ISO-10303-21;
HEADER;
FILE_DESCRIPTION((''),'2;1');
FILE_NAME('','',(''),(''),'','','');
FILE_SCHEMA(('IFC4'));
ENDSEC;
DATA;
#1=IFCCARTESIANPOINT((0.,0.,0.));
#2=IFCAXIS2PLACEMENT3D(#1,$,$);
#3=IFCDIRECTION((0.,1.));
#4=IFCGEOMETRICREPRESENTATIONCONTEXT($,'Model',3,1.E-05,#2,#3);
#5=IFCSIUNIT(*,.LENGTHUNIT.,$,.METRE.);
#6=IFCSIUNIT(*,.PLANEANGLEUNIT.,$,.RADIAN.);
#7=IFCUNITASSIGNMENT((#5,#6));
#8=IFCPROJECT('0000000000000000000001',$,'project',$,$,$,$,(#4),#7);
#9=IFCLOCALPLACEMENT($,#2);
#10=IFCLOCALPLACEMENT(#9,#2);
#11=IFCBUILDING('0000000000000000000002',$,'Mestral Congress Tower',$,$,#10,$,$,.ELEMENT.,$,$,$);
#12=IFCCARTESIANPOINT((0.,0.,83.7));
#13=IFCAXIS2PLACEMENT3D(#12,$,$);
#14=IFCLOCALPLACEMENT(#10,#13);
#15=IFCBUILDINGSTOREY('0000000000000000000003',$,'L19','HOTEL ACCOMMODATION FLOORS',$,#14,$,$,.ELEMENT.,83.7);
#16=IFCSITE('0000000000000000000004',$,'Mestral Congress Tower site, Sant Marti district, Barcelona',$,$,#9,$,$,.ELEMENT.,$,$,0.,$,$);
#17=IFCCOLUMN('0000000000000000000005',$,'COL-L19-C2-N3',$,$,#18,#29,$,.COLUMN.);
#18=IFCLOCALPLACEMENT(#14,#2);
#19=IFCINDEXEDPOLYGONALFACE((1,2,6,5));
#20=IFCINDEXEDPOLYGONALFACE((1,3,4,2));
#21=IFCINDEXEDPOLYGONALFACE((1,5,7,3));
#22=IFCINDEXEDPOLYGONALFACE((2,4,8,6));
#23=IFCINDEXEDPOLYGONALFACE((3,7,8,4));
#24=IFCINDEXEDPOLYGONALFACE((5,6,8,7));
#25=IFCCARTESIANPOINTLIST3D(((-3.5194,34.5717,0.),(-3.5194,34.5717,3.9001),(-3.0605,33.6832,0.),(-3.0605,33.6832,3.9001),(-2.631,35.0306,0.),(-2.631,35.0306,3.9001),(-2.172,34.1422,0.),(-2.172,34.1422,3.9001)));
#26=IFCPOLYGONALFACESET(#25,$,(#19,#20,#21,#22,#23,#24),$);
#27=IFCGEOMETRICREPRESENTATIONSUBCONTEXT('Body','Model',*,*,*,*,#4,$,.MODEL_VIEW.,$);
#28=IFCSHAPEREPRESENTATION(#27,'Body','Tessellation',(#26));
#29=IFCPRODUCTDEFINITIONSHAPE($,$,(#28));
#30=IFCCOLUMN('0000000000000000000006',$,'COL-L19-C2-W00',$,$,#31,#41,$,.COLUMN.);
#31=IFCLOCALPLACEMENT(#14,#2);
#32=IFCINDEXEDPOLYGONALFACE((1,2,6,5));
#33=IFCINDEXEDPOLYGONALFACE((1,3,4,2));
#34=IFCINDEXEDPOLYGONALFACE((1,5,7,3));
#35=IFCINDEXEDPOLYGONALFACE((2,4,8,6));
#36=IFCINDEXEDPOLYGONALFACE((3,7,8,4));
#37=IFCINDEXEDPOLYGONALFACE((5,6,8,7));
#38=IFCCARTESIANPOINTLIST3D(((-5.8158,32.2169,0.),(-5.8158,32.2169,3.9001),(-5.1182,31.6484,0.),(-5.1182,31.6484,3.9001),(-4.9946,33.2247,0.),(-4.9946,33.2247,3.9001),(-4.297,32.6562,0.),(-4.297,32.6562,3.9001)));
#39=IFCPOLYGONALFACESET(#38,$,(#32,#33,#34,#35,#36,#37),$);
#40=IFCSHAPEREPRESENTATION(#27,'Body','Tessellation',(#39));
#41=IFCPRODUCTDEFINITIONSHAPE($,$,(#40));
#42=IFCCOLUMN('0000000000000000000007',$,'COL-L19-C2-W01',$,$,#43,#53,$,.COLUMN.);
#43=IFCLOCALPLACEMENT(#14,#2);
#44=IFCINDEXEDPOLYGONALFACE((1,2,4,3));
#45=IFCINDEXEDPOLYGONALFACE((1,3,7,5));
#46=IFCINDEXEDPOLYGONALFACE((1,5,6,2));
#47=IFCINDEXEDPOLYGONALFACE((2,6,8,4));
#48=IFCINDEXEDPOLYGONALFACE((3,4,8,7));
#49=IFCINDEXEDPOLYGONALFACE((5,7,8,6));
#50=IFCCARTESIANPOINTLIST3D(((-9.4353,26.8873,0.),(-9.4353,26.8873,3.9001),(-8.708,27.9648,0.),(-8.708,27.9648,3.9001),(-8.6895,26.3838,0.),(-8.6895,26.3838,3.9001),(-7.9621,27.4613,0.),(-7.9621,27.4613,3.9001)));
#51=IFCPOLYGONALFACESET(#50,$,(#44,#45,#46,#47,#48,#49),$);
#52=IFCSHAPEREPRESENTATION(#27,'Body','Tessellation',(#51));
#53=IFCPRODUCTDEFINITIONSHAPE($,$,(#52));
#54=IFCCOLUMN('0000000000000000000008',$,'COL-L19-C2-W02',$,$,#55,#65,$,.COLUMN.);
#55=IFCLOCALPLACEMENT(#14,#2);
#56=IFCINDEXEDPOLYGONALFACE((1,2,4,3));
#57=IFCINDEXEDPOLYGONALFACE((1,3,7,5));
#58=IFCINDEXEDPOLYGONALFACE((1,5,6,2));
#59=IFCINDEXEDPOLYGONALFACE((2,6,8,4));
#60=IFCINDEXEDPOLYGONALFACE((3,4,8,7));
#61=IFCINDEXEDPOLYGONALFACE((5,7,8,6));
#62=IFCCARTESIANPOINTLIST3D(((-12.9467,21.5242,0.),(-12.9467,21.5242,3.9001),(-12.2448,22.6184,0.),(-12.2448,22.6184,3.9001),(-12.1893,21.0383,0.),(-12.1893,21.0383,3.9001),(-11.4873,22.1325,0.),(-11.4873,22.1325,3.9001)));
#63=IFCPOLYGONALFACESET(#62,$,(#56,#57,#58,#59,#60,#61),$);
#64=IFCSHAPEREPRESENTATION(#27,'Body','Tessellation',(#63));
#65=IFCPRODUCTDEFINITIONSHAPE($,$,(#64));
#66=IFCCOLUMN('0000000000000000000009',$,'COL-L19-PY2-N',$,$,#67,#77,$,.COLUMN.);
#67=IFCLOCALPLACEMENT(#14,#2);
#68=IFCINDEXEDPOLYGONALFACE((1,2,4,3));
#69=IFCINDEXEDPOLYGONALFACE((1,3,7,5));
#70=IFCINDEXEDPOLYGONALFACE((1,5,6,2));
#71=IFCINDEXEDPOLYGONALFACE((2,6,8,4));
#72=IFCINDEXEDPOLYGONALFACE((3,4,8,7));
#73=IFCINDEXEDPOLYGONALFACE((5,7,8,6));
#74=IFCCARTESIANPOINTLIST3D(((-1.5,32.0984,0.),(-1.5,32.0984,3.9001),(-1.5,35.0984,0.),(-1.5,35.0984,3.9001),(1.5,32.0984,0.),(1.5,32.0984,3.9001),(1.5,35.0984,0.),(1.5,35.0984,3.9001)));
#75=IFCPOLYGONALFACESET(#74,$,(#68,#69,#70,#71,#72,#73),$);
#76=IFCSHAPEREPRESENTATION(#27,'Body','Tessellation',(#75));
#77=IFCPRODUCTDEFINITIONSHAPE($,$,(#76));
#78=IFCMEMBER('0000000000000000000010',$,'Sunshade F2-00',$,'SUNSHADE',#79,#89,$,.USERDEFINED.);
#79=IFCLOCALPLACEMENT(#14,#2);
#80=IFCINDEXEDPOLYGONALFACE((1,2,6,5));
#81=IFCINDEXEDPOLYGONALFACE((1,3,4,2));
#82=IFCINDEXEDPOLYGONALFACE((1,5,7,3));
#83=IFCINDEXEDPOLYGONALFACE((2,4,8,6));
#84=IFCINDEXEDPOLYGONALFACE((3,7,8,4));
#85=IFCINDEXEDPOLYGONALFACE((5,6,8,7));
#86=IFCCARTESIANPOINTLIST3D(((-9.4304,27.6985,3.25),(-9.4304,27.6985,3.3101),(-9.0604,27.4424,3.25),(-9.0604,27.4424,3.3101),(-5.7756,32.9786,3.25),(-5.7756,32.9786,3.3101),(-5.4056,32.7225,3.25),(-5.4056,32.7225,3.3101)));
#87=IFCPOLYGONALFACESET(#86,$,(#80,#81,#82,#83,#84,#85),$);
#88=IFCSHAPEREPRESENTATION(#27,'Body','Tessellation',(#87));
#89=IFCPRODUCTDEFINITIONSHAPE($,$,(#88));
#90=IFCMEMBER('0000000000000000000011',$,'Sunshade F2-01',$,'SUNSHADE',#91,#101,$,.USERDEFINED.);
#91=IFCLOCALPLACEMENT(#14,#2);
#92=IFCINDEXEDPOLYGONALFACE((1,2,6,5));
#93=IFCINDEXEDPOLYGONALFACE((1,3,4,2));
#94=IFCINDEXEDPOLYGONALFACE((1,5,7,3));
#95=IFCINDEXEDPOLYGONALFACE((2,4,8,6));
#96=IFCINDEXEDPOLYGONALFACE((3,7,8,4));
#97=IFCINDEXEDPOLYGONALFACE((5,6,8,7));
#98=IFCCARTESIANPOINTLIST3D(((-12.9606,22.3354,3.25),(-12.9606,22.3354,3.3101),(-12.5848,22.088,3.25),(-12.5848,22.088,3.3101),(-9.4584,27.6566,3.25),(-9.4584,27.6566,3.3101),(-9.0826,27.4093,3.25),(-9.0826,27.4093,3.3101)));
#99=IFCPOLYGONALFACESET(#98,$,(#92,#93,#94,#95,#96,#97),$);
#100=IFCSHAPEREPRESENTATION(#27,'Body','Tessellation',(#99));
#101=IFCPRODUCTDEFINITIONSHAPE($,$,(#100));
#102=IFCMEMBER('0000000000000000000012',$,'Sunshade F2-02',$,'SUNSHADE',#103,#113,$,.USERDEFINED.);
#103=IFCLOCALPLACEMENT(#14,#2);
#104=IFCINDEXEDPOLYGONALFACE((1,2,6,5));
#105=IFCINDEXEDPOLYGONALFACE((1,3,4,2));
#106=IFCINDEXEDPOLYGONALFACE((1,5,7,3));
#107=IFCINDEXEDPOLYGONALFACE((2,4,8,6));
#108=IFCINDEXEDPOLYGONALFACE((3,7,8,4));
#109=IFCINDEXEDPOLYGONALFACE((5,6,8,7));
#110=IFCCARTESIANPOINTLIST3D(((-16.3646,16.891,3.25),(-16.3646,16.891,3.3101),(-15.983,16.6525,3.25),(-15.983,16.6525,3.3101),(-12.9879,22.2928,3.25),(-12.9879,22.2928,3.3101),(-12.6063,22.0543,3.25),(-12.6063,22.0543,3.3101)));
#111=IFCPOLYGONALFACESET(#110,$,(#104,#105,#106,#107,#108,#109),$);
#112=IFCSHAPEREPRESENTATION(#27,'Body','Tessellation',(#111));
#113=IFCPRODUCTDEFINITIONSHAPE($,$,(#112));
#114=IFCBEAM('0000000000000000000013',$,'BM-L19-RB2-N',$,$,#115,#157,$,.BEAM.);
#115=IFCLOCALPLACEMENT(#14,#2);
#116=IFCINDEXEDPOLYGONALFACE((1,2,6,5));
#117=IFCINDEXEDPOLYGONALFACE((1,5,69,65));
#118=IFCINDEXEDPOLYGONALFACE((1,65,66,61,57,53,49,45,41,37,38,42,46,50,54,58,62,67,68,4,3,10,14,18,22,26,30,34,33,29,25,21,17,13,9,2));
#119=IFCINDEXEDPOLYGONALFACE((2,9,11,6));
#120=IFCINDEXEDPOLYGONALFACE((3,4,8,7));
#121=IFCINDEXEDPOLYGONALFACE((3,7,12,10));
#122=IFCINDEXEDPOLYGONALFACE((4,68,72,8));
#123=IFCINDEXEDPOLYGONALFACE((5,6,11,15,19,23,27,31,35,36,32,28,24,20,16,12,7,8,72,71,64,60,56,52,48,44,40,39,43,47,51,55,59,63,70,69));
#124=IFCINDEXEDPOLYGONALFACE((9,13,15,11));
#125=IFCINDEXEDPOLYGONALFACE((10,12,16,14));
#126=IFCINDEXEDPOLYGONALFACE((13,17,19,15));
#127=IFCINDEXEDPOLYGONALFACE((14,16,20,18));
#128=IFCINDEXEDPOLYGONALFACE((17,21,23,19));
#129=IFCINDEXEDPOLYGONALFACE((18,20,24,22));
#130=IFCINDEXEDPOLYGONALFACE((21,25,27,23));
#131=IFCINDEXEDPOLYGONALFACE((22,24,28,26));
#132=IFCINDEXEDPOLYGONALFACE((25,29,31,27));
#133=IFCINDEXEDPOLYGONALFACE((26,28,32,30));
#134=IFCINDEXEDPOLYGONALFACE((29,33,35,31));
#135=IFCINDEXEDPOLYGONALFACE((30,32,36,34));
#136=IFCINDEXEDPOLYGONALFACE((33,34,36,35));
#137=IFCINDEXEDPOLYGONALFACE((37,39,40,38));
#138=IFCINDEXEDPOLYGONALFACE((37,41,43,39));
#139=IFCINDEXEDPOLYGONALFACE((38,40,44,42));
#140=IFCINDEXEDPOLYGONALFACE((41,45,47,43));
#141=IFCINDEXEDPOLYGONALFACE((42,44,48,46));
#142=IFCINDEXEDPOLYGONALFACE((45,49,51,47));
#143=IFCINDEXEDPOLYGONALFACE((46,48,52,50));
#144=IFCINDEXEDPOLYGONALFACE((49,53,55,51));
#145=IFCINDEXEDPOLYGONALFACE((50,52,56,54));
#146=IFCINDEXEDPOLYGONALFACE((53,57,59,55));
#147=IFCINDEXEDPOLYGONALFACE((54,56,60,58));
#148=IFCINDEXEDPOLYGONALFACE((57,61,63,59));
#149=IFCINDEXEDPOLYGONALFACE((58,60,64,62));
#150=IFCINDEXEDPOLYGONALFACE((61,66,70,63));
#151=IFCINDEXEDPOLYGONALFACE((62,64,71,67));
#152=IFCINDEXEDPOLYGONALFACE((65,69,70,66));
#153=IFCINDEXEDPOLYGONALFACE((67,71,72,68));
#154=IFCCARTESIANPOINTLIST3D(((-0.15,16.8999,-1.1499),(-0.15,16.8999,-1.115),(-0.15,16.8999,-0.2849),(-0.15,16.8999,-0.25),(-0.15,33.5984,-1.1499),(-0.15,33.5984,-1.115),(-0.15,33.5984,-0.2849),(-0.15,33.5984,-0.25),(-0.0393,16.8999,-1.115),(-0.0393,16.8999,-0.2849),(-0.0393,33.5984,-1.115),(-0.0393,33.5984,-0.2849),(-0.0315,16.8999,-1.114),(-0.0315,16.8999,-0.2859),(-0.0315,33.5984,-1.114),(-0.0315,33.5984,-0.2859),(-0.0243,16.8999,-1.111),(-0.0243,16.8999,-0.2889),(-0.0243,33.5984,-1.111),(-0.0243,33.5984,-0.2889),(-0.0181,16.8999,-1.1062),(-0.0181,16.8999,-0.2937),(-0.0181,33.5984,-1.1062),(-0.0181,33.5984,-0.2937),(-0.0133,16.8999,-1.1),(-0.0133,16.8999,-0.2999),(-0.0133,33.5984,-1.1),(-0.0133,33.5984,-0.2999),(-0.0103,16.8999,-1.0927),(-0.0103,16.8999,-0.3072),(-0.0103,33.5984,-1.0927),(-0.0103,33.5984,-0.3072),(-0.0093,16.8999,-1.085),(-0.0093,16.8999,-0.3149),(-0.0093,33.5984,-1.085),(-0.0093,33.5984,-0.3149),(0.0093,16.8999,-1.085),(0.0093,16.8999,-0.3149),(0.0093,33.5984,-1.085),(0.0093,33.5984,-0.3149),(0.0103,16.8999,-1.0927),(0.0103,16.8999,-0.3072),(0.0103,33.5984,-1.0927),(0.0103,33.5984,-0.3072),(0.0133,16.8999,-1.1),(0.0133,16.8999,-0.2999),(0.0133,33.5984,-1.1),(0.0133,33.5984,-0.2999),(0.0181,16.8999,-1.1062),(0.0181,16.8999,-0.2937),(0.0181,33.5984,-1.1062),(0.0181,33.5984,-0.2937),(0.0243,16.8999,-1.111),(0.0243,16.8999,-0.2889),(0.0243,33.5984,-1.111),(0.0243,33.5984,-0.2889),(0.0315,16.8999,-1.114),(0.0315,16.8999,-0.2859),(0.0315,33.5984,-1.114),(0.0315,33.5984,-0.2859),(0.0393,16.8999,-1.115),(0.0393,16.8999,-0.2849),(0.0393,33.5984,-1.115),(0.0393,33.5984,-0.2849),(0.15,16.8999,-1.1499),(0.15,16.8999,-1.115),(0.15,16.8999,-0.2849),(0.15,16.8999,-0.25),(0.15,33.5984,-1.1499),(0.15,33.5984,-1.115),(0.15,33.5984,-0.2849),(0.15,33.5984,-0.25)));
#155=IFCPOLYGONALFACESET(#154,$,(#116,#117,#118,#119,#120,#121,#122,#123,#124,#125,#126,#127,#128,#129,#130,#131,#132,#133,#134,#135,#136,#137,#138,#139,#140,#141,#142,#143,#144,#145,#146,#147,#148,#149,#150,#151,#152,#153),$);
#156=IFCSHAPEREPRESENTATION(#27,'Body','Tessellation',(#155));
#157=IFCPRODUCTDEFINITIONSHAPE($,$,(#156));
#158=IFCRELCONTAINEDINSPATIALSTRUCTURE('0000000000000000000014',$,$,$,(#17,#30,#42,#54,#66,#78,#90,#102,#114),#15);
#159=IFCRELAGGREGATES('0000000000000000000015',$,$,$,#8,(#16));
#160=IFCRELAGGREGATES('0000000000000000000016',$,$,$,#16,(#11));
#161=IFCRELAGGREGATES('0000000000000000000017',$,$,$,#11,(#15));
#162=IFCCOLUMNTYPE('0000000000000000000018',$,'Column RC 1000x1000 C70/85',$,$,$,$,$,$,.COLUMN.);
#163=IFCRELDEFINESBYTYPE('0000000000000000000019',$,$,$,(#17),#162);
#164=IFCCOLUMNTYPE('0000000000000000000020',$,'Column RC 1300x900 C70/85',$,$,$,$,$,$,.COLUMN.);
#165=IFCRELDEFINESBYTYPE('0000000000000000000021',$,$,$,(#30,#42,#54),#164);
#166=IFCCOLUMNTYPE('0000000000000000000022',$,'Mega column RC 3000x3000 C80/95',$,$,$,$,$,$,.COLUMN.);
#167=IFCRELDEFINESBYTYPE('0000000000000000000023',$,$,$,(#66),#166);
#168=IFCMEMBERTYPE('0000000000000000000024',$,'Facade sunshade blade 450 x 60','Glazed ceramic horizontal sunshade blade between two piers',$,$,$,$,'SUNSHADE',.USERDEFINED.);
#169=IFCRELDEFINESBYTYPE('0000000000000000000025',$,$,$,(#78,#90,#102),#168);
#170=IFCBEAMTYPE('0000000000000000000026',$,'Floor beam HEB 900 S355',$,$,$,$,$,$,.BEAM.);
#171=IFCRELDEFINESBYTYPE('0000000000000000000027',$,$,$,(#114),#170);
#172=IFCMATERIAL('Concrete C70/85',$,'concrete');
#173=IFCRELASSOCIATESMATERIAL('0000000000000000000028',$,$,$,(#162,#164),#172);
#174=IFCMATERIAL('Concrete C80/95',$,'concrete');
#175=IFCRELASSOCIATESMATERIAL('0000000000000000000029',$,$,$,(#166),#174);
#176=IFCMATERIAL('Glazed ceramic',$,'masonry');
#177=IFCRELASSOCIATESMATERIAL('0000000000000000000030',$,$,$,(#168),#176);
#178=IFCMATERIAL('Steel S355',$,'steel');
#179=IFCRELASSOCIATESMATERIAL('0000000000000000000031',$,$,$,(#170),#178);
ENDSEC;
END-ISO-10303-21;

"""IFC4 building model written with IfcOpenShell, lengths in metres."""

from ifc_helpers import new_model, si_unit, direction, frame, origin, origin_2d, place, context, subcontext, project, spatial, rectangle, i_section, extrude, material, material_profile, profile_set, type_object, element, save


model = new_model("IFC4")

# Units and contexts
model_context = context("Model", 3, precision=1e-05, world=origin(), true_north=direction((0.0, 1.0)))
body_context = subcontext(model_context, "Body", "Model", "MODEL_VIEW")
ifc_project = project(units=[si_unit("LENGTHUNIT", "METRE"), si_unit("PLANEANGLEUNIT", "RADIAN")], contexts=[model_context])

# Site, building, storey
site_placement = place(None, origin())
site = spatial("IfcSite", under=ifc_project, at=site_placement, Name="Mestral Congress Tower site, Sant Marti district, Barcelona", CompositionType="ELEMENT", RefElevation=0.0)
building_placement = place(site_placement, origin())
building = spatial("IfcBuilding", under=site, at=building_placement, Name="Mestral Congress Tower", CompositionType="ELEMENT")
storey_placement = place(building_placement, frame((0.0, 0.0, 83.7)))
storey = spatial("IfcBuildingStorey", under=building, at=storey_placement, Name="L19", Description="HOTEL ACCOMMODATION FLOORS", CompositionType="ELEMENT", Elevation=83.7)

# Columns
ifc_material_1 = material(Name="Concrete C70/85", Category="concrete")
ifc_material_profile_1 = material_profile(ifc_material_1, rectangle(XDim=1.0, YDim=1.0, at=origin_2d()), Name="RC 1000x1000")
ifc_profile_set_1 = profile_set([ifc_material_profile_1], Name="Concrete C70/85")
column_type_1 = type_object("IfcColumnType", Name="Column RC 1000x1000 C70/85", PredefinedType="COLUMN", material=ifc_profile_set_1)
column_1_placement = place(storey_placement, frame((-2.8457, 34.3569, 0.0), z_axis=(0.0, 0.0, 1.0), x_axis=(-0.888456, -0.458961, 0.0)))
element("IfcColumn", 1, at=column_1_placement, inside=storey, type_object=column_type_1, Name="COL-L19-C2-N3", PredefinedType="COLUMN", context=body_context, shape_type="SweptSolid", body=[
    extrude(rectangle(XDim=1.0, YDim=1.0, at=origin_2d()), origin(), (0.0, 0.0, 1.0), 3.9001),
])
ifc_material_profile_2 = material_profile(ifc_material_1, rectangle(XDim=1.3, YDim=0.8999, at=origin_2d()), Name="RC 1300x900")
ifc_profile_set_2 = profile_set([ifc_material_profile_2], Name="Concrete C70/85")
column_type_2 = type_object("IfcColumnType", Name="Column RC 1300x900 C70/85", PredefinedType="COLUMN", material=ifc_profile_set_2)
for number, where, z_axis, x_axis, name in (
    (2, (-5.0564, 32.4365, 0.0), (0.0, 0.0, 1.0), (-0.631709, -0.775206, 0.0), "COL-L19-C2-W00"),
    (3, (-8.6987, 27.1743, 0.0), (0.0, 0.0, 1.0), (-0.559479, -0.828844, 0.0), "COL-L19-C2-W01"),
    (4, (-12.217, 21.8284, 0.0), (0.0, 0.0, 1.0), (-0.539945, -0.8417, 0.0), "COL-L19-C2-W02"),
):
    element("IfcColumn", number, at=place(storey_placement, frame(where, z_axis=z_axis, x_axis=x_axis)), inside=storey, type_object=column_type_2, Name=name, PredefinedType="COLUMN", context=body_context, shape_type="SweptSolid", body=[
        extrude(rectangle(XDim=1.3, YDim=0.8999, at=origin_2d()), origin(), (0.0, 0.0, 1.0), 3.9001),
    ])
ifc_material_2 = material(Name="Concrete C80/95", Category="concrete")
ifc_material_profile_3 = material_profile(ifc_material_2, rectangle(XDim=3.0, YDim=3.0, at=origin_2d()), Name="RC 3000x3000")
ifc_profile_set_3 = profile_set([ifc_material_profile_3], Name="Concrete C80/95")
column_type_3 = type_object("IfcColumnType", Name="Mega column RC 3000x3000 C80/95", PredefinedType="COLUMN", material=ifc_profile_set_3)
column_2_placement = place(storey_placement, frame((0.0, 33.5984, 0.0), z_axis=(0.0, 0.0, 1.0), x_axis=(0.0, 1.0, 0.0)))
element("IfcColumn", 5, at=column_2_placement, inside=storey, type_object=column_type_3, Name="COL-L19-PY2-N", PredefinedType="COLUMN", context=body_context, shape_type="SweptSolid", body=[
    extrude(rectangle(XDim=3.0, YDim=3.0, at=origin_2d()), origin(), (0.0, 0.0, 1.0), 3.9001),
])

# Members
ifc_material_3 = material(Name="Glazed ceramic", Category="masonry")
ifc_material_profile_4 = material_profile(ifc_material_3, rectangle(XDim=0.45, YDim=0.0601, at=origin_2d()), Name="Ceramic blade 450 x 60")
ifc_profile_set_4 = profile_set([ifc_material_profile_4], Name="Glazed ceramic")
member_type = type_object("IfcMemberType", Name="Facade sunshade blade 450 x 60", Description="Glazed ceramic horizontal sunshade blade between two piers", ElementType="SUNSHADE", PredefinedType="USERDEFINED", material=ifc_profile_set_4)
member_placement = place(storey_placement, frame((-5.5906, 32.8506, 3.28), z_axis=(-0.569145, -0.822237, 0.0), x_axis=(0.822237, -0.569145, 0.0)))
element("IfcMember", 6, at=member_placement, inside=storey, type_object=member_type, Name="Sunshade F2-00", ObjectType="SUNSHADE", PredefinedType="USERDEFINED", context=body_context, shape_type="SweptSolid", body=[
    extrude(rectangle(XDim=0.45, YDim=0.0601, at=origin_2d()), origin(), (0.0, 0.0, 1.0), 6.4216),
])
for number, where, z_axis, x_axis, name in (
    (7, (-9.2705, 27.533, 3.28), (-0.549764, -0.83532, 0.0), (0.83532, -0.549764, 0.0), "Sunshade F2-01"),
    (8, (-12.7971, 22.1736, 3.28), (-0.530061, -0.84796, 0.0), (0.84796, -0.530061, 0.0), "Sunshade F2-02"),
):
    element("IfcMember", number, at=place(storey_placement, frame(where, z_axis=z_axis, x_axis=x_axis)), inside=storey, type_object=member_type, Name=name, ObjectType="SUNSHADE", PredefinedType="USERDEFINED", context=body_context, shape_type="SweptSolid", body=[
        extrude(rectangle(XDim=0.45, YDim=0.0601, at=origin_2d()), origin(), (0.0, 0.0, 1.0), 6.3704),
    ])

# Beam
ifc_material_4 = material(Name="Steel S355", Category="steel")
ifc_material_profile_5 = material_profile(ifc_material_4, i_section(OverallWidth=0.3, OverallDepth=0.8999, WebThickness=0.0186, FlangeThickness=0.0349, FilletRadius=0.03, at=origin_2d()), Name="HEB 900")
ifc_profile_set_5 = profile_set([ifc_material_profile_5], Name="Steel S355")
beam_type_1 = type_object("IfcBeamType", Name="Floor beam HEB 900 S355", PredefinedType="BEAM", material=ifc_profile_set_5)
beam_1_placement = place(storey_placement, frame((0.0, 33.5984, -0.7), z_axis=(0.0, -1.0, 0.0), x_axis=(1.0, 0.0, 0.0)))
element("IfcBeam", 9, at=beam_1_placement, inside=storey, type_object=beam_type_1, Name="BM-L19-RB2-N", PredefinedType="BEAM", context=body_context, shape_type="SweptSolid", body=[
    extrude(i_section(OverallWidth=0.3, OverallDepth=0.8999, WebThickness=0.0186, FlangeThickness=0.0349, FilletRadius=0.03, at=origin_2d()), origin(), (0.0, 0.0, 1.0), 16.6985),
])

save(model, "model.ifc")
